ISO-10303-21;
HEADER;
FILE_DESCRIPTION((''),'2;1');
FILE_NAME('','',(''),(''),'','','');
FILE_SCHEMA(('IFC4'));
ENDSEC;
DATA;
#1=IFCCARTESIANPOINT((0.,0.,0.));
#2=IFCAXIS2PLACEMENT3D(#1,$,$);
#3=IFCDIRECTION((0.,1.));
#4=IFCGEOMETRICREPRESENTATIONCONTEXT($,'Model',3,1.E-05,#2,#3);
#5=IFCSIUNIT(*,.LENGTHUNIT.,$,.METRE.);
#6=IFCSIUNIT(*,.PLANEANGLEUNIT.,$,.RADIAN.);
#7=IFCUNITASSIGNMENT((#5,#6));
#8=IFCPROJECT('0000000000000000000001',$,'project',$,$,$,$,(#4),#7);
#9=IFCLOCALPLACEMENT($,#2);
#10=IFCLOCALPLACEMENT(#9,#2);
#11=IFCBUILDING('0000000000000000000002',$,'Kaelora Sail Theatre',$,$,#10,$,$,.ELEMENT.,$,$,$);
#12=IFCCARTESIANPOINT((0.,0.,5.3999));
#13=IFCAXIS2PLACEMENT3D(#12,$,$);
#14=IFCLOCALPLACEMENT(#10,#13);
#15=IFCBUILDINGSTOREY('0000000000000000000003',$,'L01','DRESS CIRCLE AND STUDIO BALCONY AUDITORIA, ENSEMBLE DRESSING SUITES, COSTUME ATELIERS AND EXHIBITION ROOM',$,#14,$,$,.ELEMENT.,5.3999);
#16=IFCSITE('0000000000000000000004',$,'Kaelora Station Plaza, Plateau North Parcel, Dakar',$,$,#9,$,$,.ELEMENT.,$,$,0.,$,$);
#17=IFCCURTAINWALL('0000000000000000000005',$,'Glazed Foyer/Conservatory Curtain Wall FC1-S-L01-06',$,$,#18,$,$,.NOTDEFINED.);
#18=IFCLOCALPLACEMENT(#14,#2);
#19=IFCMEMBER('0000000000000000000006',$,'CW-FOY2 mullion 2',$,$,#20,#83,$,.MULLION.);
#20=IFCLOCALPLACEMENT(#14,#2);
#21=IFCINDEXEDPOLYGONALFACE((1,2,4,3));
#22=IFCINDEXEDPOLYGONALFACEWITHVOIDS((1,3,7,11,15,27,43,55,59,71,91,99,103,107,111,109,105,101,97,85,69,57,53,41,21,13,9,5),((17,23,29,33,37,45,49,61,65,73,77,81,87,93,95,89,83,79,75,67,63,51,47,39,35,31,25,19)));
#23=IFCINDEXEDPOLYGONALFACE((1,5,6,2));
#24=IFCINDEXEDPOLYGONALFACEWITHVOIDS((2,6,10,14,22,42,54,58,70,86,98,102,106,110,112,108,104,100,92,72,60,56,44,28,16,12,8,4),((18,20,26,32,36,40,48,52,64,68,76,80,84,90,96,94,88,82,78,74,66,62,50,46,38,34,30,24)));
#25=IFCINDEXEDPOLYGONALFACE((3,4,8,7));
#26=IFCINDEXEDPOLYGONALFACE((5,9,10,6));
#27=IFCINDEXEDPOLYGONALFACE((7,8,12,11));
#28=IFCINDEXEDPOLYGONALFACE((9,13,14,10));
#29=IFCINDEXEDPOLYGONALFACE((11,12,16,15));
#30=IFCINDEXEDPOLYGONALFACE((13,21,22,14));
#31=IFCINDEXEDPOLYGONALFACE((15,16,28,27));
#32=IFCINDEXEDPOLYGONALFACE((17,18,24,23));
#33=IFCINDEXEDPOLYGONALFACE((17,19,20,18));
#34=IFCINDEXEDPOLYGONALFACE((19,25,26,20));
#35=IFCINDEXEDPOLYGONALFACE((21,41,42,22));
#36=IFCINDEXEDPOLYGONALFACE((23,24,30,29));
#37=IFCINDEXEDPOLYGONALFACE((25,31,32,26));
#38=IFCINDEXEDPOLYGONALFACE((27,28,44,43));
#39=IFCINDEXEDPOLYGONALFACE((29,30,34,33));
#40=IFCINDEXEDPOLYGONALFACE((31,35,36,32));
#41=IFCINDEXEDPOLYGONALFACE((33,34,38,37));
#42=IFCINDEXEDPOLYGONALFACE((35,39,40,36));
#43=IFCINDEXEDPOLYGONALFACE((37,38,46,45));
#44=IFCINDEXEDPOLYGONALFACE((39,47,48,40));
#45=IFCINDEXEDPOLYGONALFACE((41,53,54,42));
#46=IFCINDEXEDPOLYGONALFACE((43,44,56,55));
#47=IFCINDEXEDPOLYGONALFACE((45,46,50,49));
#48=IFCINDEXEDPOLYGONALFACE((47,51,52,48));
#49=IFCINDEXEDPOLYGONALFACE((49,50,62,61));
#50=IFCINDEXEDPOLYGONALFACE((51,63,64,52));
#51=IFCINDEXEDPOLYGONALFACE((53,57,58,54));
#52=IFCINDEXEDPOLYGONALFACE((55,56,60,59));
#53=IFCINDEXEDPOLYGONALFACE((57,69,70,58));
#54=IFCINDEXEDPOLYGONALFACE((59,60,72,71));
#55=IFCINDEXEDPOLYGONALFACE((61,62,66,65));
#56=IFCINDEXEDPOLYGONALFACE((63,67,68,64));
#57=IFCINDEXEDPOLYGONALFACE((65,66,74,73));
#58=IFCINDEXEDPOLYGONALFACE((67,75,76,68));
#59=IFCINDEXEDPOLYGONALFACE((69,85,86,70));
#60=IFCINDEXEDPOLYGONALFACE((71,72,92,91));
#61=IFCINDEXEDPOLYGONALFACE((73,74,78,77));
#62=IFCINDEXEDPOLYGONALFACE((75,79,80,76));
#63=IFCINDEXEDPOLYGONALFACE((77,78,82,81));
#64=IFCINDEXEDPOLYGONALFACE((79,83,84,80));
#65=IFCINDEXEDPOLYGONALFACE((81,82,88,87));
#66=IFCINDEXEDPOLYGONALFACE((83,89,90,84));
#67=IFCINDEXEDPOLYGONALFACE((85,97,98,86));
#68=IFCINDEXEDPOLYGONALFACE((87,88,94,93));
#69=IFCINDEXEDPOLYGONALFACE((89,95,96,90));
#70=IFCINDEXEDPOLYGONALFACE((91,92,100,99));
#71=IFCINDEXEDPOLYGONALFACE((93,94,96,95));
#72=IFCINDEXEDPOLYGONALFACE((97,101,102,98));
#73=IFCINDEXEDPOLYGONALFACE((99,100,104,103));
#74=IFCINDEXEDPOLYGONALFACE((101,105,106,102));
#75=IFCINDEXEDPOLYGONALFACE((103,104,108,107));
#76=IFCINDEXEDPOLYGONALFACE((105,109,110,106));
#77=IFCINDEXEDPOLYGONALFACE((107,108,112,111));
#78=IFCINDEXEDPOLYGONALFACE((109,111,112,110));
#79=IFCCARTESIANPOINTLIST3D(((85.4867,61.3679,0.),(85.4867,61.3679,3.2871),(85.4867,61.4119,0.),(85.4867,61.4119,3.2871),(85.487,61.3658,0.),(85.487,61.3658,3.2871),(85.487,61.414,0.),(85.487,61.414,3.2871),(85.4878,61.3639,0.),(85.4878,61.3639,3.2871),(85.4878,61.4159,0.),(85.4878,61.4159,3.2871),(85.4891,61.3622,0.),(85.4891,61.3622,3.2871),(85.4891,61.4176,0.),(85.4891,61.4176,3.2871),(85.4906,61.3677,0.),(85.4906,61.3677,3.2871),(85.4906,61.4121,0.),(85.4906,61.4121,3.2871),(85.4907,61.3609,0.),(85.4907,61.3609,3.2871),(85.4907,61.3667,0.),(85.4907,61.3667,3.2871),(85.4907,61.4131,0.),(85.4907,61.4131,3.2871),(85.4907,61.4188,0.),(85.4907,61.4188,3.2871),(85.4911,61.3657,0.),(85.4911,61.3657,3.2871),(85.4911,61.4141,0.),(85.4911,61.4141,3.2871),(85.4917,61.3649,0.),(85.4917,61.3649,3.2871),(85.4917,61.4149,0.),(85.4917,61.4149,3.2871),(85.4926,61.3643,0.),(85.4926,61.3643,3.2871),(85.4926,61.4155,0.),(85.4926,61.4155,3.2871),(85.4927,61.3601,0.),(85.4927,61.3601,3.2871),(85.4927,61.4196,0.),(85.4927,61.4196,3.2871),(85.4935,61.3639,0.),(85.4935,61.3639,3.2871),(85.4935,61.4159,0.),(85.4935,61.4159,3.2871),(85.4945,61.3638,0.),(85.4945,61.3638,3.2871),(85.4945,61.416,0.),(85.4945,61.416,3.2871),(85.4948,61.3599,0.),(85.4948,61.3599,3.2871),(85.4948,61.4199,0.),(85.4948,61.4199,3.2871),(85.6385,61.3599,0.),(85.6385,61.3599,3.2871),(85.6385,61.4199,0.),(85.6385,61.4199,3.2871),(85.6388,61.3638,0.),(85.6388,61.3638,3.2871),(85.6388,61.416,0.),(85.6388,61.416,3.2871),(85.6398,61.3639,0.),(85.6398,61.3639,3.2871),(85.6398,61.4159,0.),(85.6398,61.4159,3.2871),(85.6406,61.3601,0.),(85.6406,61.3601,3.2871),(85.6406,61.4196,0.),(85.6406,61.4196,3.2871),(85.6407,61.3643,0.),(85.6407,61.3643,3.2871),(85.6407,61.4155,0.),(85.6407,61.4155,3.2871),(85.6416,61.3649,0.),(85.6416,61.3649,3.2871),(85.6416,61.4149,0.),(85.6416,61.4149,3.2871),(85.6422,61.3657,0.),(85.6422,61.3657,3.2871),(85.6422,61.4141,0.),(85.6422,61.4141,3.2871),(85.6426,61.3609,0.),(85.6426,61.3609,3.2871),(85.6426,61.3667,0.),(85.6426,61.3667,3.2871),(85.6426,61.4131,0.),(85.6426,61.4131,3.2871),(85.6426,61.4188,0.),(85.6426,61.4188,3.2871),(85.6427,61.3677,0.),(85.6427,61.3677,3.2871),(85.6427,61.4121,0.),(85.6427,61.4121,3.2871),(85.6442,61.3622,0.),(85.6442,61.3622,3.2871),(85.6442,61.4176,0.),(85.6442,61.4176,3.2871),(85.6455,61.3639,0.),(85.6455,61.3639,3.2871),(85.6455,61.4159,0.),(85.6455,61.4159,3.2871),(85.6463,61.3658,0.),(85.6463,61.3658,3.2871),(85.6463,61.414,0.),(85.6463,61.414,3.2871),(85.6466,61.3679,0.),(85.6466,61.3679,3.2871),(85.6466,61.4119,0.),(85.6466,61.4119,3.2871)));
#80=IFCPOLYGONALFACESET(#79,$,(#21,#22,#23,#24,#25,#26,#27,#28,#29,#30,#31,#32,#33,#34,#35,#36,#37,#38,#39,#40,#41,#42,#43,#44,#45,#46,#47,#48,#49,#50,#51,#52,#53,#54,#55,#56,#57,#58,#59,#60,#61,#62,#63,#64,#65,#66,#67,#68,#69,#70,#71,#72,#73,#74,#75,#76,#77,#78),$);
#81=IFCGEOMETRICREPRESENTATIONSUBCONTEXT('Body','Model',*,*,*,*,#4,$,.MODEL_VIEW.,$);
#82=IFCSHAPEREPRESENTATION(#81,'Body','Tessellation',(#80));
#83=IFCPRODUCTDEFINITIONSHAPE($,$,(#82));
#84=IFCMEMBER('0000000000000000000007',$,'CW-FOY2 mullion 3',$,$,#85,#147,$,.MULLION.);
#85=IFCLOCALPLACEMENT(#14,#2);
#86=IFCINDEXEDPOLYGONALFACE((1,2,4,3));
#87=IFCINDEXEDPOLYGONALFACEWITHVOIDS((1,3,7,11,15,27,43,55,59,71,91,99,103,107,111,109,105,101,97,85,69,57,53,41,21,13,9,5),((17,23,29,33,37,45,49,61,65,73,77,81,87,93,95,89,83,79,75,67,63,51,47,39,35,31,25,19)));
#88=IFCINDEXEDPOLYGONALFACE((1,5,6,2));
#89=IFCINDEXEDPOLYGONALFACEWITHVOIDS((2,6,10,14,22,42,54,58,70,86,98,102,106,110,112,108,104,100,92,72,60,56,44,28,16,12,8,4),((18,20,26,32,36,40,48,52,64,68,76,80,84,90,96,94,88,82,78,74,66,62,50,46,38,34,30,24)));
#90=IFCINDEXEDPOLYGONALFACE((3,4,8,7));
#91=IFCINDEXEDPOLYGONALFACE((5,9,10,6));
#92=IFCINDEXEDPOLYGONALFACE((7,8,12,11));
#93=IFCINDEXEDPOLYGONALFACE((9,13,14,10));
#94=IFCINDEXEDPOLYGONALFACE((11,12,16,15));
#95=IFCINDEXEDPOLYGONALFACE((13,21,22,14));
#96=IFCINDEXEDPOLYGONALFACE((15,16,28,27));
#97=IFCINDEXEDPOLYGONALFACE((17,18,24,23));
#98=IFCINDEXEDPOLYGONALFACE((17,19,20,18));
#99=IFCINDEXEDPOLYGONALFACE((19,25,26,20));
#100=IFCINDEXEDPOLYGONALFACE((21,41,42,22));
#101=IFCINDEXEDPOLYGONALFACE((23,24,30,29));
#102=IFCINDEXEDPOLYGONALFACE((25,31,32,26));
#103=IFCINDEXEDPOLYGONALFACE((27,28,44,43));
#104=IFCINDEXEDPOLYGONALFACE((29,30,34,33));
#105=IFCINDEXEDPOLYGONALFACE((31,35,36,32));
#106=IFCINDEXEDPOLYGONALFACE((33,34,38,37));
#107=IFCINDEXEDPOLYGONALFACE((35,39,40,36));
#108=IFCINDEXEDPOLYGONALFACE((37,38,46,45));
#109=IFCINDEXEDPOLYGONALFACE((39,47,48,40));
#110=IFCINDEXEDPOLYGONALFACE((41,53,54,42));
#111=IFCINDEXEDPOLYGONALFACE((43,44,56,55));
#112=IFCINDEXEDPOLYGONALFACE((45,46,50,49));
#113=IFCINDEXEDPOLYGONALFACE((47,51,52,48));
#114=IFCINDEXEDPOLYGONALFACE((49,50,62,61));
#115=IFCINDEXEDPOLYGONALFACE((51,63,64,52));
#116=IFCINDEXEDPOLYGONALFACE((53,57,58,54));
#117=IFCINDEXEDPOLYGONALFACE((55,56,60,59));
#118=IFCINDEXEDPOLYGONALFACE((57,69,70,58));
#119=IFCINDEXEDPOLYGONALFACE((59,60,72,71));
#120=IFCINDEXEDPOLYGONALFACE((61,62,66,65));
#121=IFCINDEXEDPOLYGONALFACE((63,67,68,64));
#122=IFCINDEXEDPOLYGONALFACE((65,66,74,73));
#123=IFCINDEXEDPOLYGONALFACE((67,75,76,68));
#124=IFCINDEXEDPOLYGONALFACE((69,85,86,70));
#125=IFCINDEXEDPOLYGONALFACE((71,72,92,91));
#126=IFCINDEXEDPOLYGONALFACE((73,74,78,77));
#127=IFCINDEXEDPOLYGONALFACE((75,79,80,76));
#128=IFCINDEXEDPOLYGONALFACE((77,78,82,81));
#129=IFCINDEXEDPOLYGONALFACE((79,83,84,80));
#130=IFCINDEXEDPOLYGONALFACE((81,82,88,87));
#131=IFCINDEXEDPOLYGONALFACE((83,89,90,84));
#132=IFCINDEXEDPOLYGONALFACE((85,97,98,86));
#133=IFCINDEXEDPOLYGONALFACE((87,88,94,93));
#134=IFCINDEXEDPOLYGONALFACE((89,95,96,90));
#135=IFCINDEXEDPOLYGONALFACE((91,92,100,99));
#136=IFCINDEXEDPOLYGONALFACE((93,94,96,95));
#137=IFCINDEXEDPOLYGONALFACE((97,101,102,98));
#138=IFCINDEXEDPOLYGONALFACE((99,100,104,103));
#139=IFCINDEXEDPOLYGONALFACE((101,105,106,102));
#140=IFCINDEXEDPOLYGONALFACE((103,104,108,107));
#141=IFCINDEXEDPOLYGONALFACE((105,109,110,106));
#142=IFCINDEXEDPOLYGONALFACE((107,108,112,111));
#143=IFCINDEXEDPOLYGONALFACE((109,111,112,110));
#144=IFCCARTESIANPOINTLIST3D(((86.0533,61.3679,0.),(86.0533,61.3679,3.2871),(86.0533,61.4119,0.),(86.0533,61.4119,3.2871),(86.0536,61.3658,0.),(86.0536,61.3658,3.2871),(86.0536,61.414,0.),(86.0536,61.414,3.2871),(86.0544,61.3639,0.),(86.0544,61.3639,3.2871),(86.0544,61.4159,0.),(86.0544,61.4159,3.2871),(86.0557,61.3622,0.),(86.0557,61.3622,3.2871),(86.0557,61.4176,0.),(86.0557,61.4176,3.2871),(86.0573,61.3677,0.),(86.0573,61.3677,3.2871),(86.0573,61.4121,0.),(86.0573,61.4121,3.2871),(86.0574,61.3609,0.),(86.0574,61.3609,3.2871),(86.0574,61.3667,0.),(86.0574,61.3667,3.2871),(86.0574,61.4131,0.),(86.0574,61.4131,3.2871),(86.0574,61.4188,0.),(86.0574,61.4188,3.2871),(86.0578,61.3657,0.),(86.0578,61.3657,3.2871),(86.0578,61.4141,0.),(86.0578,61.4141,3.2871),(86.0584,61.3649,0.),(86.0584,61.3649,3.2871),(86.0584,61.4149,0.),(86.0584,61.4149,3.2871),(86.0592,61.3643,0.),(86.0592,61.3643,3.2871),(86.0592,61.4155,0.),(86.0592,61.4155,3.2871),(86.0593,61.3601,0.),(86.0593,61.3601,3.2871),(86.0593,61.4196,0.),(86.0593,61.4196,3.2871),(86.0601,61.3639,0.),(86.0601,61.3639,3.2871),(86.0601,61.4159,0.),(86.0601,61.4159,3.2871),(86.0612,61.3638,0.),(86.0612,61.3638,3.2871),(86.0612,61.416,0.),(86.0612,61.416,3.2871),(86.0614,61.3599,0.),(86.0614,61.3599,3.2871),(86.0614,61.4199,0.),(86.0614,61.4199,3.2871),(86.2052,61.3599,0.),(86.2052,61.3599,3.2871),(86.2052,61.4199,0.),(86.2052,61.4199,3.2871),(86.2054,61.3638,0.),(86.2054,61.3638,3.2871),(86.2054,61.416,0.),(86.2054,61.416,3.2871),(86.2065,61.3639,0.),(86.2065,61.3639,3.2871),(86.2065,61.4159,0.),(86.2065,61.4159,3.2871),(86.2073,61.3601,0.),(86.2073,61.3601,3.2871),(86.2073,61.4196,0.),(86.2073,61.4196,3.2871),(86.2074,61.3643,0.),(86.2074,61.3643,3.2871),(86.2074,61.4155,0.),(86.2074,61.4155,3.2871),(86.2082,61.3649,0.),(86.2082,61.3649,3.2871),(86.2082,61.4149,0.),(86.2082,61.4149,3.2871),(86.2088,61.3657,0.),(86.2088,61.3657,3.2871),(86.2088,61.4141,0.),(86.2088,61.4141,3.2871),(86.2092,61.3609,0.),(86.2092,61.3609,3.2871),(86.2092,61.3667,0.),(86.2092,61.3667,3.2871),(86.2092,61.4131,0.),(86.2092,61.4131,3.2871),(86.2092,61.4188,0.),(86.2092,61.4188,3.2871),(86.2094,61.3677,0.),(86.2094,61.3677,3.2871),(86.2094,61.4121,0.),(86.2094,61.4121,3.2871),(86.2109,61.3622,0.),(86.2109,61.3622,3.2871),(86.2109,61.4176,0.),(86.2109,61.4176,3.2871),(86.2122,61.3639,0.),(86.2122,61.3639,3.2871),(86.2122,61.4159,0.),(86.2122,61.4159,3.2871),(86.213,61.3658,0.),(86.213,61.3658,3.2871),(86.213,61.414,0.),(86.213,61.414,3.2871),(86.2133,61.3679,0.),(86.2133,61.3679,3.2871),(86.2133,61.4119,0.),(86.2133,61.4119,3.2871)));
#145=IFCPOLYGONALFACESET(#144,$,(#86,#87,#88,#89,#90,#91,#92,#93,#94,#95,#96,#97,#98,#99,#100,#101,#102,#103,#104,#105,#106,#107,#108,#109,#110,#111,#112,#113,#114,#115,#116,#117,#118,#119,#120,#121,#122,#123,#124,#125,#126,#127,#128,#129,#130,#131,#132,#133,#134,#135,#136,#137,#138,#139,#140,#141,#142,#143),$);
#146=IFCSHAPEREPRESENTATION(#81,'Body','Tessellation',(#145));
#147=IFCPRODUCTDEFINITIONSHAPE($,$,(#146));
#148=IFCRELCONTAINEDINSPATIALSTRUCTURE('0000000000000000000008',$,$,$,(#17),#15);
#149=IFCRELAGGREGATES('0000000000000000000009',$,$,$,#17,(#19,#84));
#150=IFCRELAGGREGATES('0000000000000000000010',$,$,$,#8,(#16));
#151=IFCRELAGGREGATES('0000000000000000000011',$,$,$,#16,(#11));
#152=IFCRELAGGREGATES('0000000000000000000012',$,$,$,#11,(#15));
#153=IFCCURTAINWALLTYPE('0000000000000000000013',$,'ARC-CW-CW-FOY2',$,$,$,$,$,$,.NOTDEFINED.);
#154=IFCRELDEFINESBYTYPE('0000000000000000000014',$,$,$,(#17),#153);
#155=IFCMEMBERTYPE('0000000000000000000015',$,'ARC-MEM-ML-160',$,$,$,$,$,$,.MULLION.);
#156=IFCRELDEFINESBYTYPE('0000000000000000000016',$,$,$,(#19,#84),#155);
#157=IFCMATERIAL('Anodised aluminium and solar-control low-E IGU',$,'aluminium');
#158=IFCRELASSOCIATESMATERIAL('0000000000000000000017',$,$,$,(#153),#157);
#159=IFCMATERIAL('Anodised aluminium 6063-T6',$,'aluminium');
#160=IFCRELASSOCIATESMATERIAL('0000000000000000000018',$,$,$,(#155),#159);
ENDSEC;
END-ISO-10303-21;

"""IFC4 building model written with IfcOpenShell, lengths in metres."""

from ifc_helpers import new_model, si_unit, direction, frame, origin, origin_2d, place, context, subcontext, project, spatial, hollow_rectangle, extrude, material, material_profile, profile_set, type_object, element, aggregate, save


model = new_model("IFC4")

# Units and contexts
model_context = context("Model", 3, precision=1e-05, world=origin(), true_north=direction((0.0, 1.0)))
body_context = subcontext(model_context, "Body", "Model", "MODEL_VIEW")
ifc_project = project(units=[si_unit("LENGTHUNIT", "METRE"), si_unit("PLANEANGLEUNIT", "RADIAN")], contexts=[model_context])

# Site, building, storey
site_placement = place(None, origin())
site = spatial("IfcSite", under=ifc_project, at=site_placement, Name="Kaelora Station Plaza, Plateau North Parcel, Dakar", CompositionType="ELEMENT", RefElevation=0.0)
building_placement = place(site_placement, origin())
building = spatial("IfcBuilding", under=site, at=building_placement, Name="Kaelora Sail Theatre", CompositionType="ELEMENT")
storey_placement = place(building_placement, frame((0.0, 0.0, 5.3999)))
storey = spatial("IfcBuildingStorey", under=building, at=storey_placement, Name="L01", Description="DRESS CIRCLE AND STUDIO BALCONY AUDITORIA, ENSEMBLE DRESSING SUITES, COSTUME ATELIERS AND EXHIBITION ROOM", CompositionType="ELEMENT", Elevation=5.3999)

# Curtain wall, members
ifc_material_1 = material(Name="Anodised aluminium and solar-control low-E IGU", Category="aluminium")
curtain_wall_type = type_object("IfcCurtainWallType", Name="ARC-CW-CW-FOY2", PredefinedType="NOTDEFINED", material=ifc_material_1)
curtain_wall_1_placement = place(storey_placement, origin())
curtain_wall_1 = element("IfcCurtainWall", 1, at=curtain_wall_1_placement, inside=storey, type_object=curtain_wall_type, Name="Glazed Foyer/Conservatory Curtain Wall FC1-S-L01-06", PredefinedType="NOTDEFINED")
ifc_material_2 = material(Name="Anodised aluminium 6063-T6", Category="aluminium")
ifc_material_profile_1 = material_profile(ifc_material_2, hollow_rectangle(XDim=0.0601, YDim=0.1599, WallThickness=0.0039, InnerFilletRadius=0.0039, OuterFilletRadius=0.0081, at=origin_2d()), Name="ALU-MULL 60x160x4")
ifc_profile_set_1 = profile_set([ifc_material_profile_1], Name="Anodised aluminium 6063-T6")
member_type_1 = type_object("IfcMemberType", Name="ARC-MEM-ML-160", PredefinedType="MULLION", material=ifc_profile_set_1)
member_1_placement = place(storey_placement, frame((85.5667, 61.3899, 0.0), z_axis=(0.0, 0.0, 1.0), x_axis=(0.0, 1.0, 0.0)))
member_1 = element("IfcMember", 2, at=member_1_placement, type_object=member_type_1, Name="CW-FOY2 mullion 2", PredefinedType="MULLION", context=body_context, shape_type="SweptSolid", body=[
    extrude(hollow_rectangle(XDim=0.0601, YDim=0.1599, WallThickness=0.0039, InnerFilletRadius=0.0039, OuterFilletRadius=0.0081, at=origin_2d()), origin(), (0.0, 0.0, 1.0), 3.2871),
])
member_2_placement = place(storey_placement, frame((86.1333, 61.3899, 0.0), z_axis=(0.0, 0.0, 1.0), x_axis=(0.0, 1.0, 0.0)))
member_2 = element("IfcMember", 3, at=member_2_placement, type_object=member_type_1, Name="CW-FOY2 mullion 3", PredefinedType="MULLION", context=body_context, shape_type="SweptSolid", body=[
    extrude(hollow_rectangle(XDim=0.0601, YDim=0.1599, WallThickness=0.0039, InnerFilletRadius=0.0039, OuterFilletRadius=0.0081, at=origin_2d()), origin(), (0.0, 0.0, 1.0), 3.2871),
])

aggregate(curtain_wall_1, [member_1, member_2])

save(model, "model.ifc")
